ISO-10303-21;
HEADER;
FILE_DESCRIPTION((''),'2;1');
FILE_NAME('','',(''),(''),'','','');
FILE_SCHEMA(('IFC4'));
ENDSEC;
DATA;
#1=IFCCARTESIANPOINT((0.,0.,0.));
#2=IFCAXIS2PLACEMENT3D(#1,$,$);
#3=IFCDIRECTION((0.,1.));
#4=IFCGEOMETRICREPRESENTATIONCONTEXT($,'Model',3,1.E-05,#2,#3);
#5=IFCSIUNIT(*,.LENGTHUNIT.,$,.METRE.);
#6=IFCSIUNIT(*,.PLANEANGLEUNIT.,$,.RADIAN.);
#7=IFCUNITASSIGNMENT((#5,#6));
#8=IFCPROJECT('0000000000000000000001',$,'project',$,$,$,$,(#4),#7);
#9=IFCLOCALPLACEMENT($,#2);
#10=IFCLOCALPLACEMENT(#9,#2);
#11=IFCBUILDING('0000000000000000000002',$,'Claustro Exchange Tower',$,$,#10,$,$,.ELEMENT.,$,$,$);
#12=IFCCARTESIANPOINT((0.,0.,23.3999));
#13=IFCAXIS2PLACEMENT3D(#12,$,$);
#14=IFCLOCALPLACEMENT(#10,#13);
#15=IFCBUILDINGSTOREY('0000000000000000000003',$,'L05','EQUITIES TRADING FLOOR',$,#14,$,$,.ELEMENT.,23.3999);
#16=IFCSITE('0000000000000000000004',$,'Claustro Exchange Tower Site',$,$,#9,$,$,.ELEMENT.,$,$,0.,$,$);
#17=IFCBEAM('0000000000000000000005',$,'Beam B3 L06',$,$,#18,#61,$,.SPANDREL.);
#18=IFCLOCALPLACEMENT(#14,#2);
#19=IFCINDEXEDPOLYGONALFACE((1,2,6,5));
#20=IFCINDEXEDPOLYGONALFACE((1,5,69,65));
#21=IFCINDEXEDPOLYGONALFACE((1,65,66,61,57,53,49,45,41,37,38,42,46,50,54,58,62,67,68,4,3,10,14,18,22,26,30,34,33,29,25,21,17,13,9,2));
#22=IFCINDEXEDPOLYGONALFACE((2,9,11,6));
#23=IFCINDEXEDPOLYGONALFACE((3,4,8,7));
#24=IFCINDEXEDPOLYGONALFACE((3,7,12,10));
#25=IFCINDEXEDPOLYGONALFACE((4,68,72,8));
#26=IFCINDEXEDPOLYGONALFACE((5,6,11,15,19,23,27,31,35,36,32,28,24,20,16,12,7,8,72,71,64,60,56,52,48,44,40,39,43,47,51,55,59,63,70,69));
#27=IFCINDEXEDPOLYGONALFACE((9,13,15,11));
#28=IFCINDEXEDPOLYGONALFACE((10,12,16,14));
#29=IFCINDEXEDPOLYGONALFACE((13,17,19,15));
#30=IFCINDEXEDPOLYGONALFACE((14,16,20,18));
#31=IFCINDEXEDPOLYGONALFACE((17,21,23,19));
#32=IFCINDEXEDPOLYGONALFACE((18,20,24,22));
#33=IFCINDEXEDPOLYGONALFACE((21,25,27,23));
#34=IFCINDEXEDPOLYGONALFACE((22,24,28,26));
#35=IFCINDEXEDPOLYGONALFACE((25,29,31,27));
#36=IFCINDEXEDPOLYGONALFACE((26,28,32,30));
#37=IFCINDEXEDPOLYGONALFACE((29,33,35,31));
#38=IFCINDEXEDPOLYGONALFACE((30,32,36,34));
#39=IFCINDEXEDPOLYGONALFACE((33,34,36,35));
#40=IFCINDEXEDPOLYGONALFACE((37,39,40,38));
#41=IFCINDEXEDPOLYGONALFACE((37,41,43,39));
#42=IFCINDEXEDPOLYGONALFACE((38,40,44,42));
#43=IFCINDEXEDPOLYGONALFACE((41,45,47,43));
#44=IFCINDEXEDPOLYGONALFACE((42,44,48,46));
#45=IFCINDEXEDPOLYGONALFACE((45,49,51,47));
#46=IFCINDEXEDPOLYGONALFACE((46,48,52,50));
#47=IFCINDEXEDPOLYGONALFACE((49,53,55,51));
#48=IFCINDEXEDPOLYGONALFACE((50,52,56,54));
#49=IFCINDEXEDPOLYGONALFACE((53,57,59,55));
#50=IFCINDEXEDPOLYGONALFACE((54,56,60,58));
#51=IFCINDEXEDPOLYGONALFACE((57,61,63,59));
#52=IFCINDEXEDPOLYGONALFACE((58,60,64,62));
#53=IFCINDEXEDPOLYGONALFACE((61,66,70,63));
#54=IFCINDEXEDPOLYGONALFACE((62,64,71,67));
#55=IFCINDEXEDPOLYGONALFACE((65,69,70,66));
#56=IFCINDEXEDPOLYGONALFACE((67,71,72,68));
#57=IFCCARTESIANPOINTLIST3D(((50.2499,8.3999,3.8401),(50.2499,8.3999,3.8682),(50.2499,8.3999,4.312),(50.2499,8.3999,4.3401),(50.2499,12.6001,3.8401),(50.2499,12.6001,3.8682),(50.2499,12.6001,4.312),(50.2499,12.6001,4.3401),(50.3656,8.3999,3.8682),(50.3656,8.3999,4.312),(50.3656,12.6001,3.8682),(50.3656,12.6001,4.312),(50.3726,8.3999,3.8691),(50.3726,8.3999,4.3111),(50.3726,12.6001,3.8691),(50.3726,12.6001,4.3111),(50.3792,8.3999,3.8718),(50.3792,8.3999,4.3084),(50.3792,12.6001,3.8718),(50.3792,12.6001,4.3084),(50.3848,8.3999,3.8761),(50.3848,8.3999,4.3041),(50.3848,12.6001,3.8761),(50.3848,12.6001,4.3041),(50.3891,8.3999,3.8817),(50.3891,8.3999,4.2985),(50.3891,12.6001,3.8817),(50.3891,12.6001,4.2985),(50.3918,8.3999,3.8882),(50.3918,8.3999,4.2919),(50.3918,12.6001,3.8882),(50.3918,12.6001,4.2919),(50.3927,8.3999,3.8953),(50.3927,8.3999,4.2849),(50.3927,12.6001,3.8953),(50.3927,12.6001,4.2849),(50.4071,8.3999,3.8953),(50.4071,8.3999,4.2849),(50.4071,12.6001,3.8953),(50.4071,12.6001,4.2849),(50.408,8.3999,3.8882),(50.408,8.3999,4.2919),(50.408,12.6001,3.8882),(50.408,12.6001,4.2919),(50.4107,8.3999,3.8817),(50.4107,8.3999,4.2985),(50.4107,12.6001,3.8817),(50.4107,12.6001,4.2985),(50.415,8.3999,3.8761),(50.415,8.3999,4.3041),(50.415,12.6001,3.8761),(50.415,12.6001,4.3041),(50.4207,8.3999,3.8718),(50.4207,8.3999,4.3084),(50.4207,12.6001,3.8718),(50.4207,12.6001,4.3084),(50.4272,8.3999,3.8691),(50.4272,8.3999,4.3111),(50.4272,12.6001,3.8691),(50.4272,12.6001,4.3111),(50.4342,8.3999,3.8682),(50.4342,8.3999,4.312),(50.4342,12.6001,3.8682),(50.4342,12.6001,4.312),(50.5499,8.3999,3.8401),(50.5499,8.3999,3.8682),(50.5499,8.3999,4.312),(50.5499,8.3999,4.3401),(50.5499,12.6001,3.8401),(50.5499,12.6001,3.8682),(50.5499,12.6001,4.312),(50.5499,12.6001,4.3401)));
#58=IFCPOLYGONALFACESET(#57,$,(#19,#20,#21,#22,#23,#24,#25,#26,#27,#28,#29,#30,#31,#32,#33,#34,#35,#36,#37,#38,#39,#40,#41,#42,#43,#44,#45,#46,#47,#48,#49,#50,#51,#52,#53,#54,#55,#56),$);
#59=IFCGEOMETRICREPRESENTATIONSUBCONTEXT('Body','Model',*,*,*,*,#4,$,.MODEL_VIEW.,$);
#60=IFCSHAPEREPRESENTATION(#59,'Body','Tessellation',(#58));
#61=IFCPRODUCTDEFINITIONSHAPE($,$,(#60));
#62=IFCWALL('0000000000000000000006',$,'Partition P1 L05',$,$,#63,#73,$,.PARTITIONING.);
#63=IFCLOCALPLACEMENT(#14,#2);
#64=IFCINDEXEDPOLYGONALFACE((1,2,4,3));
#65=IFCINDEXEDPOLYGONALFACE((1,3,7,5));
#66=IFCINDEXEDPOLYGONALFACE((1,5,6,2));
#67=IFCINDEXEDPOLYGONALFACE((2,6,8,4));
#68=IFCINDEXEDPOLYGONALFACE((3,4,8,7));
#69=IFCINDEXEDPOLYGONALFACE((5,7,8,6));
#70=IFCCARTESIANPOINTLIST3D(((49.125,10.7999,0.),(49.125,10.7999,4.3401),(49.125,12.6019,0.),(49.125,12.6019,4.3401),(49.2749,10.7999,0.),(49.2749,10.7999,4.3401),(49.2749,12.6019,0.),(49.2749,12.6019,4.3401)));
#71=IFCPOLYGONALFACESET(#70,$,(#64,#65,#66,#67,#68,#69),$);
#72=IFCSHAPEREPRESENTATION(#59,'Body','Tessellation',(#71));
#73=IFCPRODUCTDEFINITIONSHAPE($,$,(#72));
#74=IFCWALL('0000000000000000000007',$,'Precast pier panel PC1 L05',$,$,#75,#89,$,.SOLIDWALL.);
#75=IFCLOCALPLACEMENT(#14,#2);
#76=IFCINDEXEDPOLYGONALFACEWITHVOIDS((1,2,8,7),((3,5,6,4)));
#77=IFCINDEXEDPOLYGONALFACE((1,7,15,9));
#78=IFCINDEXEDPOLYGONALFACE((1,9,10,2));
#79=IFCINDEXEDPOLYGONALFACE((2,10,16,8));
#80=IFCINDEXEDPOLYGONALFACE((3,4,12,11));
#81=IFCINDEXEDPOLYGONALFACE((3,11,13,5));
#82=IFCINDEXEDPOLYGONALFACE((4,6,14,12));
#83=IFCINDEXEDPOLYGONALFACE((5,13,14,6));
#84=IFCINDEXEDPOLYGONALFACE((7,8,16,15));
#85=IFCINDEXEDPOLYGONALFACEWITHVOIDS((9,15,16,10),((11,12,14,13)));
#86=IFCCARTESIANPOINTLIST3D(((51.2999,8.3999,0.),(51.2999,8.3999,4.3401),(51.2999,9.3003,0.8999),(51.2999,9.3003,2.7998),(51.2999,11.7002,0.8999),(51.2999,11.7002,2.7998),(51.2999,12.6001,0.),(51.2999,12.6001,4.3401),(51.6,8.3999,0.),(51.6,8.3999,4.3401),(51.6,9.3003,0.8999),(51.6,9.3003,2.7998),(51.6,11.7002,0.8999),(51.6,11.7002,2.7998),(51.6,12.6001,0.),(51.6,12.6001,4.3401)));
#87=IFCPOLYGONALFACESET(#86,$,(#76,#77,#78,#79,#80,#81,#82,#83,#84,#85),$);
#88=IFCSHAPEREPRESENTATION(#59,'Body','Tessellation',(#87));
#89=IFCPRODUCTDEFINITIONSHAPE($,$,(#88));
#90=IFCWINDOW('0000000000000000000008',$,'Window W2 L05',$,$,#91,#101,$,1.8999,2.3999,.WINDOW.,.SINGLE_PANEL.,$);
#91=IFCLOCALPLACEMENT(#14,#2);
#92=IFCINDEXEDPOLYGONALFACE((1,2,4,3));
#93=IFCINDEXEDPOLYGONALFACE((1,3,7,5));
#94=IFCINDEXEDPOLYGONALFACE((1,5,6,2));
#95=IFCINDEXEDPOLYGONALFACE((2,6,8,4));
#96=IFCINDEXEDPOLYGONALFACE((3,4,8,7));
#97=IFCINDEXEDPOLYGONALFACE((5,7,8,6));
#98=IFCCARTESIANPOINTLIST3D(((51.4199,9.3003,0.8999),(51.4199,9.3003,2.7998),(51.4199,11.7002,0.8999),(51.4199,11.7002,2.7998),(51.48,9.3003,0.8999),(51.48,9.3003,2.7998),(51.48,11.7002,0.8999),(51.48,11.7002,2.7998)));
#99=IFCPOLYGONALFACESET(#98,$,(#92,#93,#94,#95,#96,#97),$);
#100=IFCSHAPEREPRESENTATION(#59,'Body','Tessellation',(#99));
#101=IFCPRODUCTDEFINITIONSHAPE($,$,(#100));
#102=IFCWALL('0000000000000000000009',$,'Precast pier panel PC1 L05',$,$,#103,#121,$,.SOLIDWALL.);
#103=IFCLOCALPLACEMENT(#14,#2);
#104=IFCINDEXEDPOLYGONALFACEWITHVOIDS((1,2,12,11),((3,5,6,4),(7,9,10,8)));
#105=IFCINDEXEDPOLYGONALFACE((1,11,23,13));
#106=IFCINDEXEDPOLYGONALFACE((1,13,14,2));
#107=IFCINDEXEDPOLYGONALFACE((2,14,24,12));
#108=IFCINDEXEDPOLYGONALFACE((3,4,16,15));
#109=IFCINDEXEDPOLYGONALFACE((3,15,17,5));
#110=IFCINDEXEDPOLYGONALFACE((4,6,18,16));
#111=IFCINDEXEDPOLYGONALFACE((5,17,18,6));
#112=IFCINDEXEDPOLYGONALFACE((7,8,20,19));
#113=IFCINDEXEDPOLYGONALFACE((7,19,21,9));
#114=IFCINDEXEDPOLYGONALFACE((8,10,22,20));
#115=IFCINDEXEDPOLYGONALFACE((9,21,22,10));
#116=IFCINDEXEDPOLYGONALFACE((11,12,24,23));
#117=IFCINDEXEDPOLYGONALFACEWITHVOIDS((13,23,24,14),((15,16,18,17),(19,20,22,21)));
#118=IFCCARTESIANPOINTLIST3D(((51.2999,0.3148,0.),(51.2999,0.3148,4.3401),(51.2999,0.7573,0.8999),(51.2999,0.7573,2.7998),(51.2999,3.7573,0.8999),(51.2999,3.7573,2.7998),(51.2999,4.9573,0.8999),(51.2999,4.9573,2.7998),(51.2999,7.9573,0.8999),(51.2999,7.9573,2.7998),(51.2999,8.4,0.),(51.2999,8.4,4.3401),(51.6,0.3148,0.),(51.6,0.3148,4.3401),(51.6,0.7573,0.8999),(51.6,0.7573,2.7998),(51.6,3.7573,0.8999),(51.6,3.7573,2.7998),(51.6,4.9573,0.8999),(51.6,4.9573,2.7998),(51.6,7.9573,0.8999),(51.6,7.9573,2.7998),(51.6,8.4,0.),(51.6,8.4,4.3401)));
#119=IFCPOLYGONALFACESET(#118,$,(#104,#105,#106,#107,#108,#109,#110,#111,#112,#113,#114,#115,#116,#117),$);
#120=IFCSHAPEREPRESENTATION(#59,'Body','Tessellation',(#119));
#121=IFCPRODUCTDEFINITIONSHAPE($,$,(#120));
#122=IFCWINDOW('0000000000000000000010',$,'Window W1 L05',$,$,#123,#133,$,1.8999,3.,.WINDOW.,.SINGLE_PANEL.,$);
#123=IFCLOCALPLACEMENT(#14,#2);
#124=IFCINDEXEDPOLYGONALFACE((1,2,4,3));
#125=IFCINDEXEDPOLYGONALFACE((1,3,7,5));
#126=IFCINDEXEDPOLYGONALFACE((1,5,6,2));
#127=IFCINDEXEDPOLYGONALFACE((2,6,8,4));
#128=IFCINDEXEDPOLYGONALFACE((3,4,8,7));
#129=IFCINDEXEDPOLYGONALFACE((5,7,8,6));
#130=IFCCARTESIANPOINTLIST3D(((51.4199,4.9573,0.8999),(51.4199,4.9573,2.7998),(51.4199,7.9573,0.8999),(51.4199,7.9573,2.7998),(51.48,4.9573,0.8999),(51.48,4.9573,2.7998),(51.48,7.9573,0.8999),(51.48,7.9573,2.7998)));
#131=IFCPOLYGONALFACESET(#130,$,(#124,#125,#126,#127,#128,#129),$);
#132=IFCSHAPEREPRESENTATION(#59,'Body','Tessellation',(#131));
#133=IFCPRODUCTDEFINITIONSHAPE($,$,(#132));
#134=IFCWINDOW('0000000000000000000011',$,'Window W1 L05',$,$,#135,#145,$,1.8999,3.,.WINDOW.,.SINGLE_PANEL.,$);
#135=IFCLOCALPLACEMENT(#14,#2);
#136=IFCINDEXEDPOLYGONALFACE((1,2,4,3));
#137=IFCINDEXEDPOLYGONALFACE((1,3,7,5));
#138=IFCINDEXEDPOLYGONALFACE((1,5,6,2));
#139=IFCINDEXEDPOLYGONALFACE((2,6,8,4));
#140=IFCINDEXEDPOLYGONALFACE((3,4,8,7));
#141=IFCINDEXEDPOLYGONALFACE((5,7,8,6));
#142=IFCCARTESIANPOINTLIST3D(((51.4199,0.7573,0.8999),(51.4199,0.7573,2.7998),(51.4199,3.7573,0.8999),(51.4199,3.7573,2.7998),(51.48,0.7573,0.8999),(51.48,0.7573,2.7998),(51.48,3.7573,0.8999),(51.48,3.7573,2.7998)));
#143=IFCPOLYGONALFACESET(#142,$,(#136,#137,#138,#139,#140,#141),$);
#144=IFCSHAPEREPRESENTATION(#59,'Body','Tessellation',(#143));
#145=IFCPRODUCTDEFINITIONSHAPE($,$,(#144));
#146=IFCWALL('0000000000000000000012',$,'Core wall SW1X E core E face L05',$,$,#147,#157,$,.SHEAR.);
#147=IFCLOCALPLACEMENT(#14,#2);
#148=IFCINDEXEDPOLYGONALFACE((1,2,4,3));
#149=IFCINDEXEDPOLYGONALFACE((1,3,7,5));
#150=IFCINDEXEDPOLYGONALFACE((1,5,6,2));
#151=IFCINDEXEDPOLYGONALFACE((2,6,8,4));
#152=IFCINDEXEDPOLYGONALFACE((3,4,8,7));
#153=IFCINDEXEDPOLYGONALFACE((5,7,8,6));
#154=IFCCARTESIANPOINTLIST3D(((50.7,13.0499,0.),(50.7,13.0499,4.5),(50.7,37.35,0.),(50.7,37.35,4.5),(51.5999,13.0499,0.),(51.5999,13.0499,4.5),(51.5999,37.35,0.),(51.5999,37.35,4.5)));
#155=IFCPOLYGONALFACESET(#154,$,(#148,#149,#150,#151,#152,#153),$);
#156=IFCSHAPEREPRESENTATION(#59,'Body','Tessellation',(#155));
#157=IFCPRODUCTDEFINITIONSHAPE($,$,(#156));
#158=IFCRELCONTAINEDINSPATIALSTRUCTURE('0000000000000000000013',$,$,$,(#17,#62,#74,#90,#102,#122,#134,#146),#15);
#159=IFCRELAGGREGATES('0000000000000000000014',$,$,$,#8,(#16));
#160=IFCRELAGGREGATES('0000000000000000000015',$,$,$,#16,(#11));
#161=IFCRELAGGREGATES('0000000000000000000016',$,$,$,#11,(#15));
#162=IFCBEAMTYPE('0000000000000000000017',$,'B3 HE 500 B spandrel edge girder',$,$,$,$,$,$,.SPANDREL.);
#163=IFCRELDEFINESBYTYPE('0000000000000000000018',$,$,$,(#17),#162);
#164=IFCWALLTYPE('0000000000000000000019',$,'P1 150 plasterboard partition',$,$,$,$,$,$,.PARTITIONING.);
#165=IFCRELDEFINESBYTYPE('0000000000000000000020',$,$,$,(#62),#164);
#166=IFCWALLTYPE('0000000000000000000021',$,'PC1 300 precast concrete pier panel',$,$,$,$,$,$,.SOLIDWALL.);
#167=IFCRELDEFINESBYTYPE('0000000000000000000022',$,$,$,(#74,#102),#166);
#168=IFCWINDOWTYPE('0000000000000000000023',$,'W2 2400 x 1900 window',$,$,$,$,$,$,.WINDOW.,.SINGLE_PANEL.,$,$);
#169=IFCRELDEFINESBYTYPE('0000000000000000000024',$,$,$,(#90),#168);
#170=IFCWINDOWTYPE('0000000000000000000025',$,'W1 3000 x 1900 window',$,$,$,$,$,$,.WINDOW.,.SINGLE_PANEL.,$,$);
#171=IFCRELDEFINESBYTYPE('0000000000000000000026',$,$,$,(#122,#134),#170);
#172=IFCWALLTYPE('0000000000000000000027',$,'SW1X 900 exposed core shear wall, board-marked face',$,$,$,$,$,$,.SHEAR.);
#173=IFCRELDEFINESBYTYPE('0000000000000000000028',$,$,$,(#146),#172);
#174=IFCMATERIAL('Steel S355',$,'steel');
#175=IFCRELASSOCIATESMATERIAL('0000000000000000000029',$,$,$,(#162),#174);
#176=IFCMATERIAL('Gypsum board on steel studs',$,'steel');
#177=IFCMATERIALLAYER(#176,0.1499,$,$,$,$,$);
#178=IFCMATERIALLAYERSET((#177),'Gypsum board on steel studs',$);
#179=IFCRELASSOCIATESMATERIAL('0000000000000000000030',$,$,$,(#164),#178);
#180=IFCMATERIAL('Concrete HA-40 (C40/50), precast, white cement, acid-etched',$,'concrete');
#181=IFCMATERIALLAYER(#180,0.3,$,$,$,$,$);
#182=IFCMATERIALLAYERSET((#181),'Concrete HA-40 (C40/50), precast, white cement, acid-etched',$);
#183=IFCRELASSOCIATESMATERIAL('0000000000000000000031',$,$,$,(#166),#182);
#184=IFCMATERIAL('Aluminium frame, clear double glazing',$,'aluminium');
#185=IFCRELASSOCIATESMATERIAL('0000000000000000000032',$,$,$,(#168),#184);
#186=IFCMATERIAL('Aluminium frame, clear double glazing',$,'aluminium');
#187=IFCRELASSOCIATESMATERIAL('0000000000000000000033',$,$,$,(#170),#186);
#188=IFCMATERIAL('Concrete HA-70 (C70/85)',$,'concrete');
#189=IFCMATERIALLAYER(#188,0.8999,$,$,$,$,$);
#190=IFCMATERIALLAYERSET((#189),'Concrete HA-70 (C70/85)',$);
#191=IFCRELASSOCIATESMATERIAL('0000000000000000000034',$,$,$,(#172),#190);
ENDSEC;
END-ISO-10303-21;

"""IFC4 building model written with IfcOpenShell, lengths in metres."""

from ifc_helpers import new_model, si_unit, direction, frame, frame_2d, origin, origin_2d, place, context, subcontext, project, spatial, rectangle, i_section, extrude, material, layer, layer_set, material_profile, profile_set, type_object, element, fill, save


model = new_model("IFC4")

# Units and contexts
model_context = context("Model", 3, precision=1e-05, world=origin(), true_north=direction((0.0, 1.0)))
body_context = subcontext(model_context, "Body", "Model", "MODEL_VIEW")
ifc_project = project(units=[si_unit("LENGTHUNIT", "METRE"), si_unit("PLANEANGLEUNIT", "RADIAN")], contexts=[model_context])

# Site, building, storey
site_placement = place(None, origin())
site = spatial("IfcSite", under=ifc_project, at=site_placement, Name="Claustro Exchange Tower Site", CompositionType="ELEMENT", RefElevation=0.0)
building_placement = place(site_placement, origin())
building = spatial("IfcBuilding", under=site, at=building_placement, Name="Claustro Exchange Tower", CompositionType="ELEMENT")
storey_placement = place(building_placement, frame((0.0, 0.0, 23.3999)))
storey = spatial("IfcBuildingStorey", under=building, at=storey_placement, Name="L05", Description="EQUITIES TRADING FLOOR", CompositionType="ELEMENT", Elevation=23.3999)

# Beam
ifc_material_1 = material(Name="Steel S355", Category="steel")
ifc_material_profile = material_profile(ifc_material_1, i_section(OverallWidth=0.3, OverallDepth=0.5, WebThickness=0.0144, FlangeThickness=0.0281, FilletRadius=0.0271, at=origin_2d()), Name="HE 500 B")
ifc_profile_set = profile_set([ifc_material_profile], Name="Steel S355")
beam_type = type_object("IfcBeamType", Name="B3 HE 500 B spandrel edge girder", PredefinedType="SPANDREL", material=ifc_profile_set)
beam_placement = place(storey_placement, frame((50.3999, 8.3999, 4.0901), z_axis=(0.0, 1.0, 0.0), x_axis=(-1.0, 0.0, 0.0)))
element("IfcBeam", 1, at=beam_placement, inside=storey, type_object=beam_type, Name="Beam B3 L06", PredefinedType="SPANDREL", context=body_context, shape_type="SweptSolid", body=[
    extrude(i_section(OverallWidth=0.3, OverallDepth=0.5, WebThickness=0.0144, FlangeThickness=0.0281, FilletRadius=0.0271, at=origin_2d()), origin(), (0.0, 0.0, 1.0), 4.2002),
])

# Wall
ifc_material_2 = material(Name="Gypsum board on steel studs", Category="steel")
ifc_layer_1 = layer(ifc_material_2, 0.1499)
ifc_layer_set_1 = layer_set([ifc_layer_1], Name="Gypsum board on steel studs")
wall_type_1 = type_object("IfcWallType", Name="P1 150 plasterboard partition", PredefinedType="PARTITIONING", material=ifc_layer_set_1)
wall_1_placement = place(storey_placement, frame((49.2, 10.8, 0.0), z_axis=(0.0, 0.0, 1.0), x_axis=(0.0, 1.0, 0.0)))
element("IfcWall", 2, at=wall_1_placement, inside=storey, type_object=wall_type_1, Name="Partition P1 L05", PredefinedType="PARTITIONING", context=body_context, shape_type="SweptSolid", body=[
    extrude(rectangle(XDim=1.802, YDim=0.1499, at=frame_2d((0.9009, 0.0))), origin(), (0.0, 0.0, 1.0), 4.3401),
])

# Wall, opening, window
ifc_material_3 = material(Name="Concrete HA-40 (C40/50), precast, white cement, acid-etched", Category="concrete")
ifc_layer_2 = layer(ifc_material_3, 0.3)
ifc_layer_set_2 = layer_set([ifc_layer_2], Name="Concrete HA-40 (C40/50), precast, white cement, acid-etched")
wall_type_2 = type_object("IfcWallType", Name="PC1 300 precast concrete pier panel", PredefinedType="SOLIDWALL", material=ifc_layer_set_2)
wall_2_placement = place(storey_placement, frame((51.45, 12.6001, 0.0), z_axis=(0.0, 0.0, 1.0), x_axis=(0.0, -1.0, 0.0)))
wall_2 = element("IfcWall", 3, at=wall_2_placement, inside=storey, type_object=wall_type_2, Name="Precast pier panel PC1 L05", PredefinedType="SOLIDWALL", context=body_context, shape_type="SweptSolid", body=[
    extrude(rectangle(XDim=4.2002, YDim=0.3, at=frame_2d((2.1001, 0.0))), origin(), (0.0, 0.0, 1.0), 4.3401),
])
opening_1_placement = place(wall_2_placement, frame((0.8999, 0.0, 0.8999)))
opening_1 = element("IfcOpeningElement", 4, at=opening_1_placement, cuts=wall_2, PredefinedType="OPENING", context=body_context, shape_type="SweptSolid", body=[
    extrude(rectangle(XDim=2.3999, YDim=1.8999, at=frame_2d((1.2, 0.95))), frame((0.0, 0.1599, 0.0), z_axis=(0.0, -1.0, 0.0), x_axis=(1.0, 0.0, 0.0)), (0.0, 0.0, 1.0), 0.3201),
])
ifc_material_4 = material(Name="Aluminium frame, clear double glazing", Category="aluminium")
window_type_1 = type_object("IfcWindowType", Name="W2 2400 x 1900 window", PartitioningType="SINGLE_PANEL", PredefinedType="WINDOW", material=ifc_material_4)
window_1_placement = place(opening_1_placement, origin())
window_1 = element("IfcWindow", 5, at=window_1_placement, inside=storey, type_object=window_type_1, Name="Window W2 L05", OverallHeight=1.8999, OverallWidth=2.3999, PartitioningType="SINGLE_PANEL", PredefinedType="WINDOW", context=body_context, shape_type="SweptSolid", body=[
    extrude(rectangle(XDim=2.3999, YDim=1.8999, at=frame_2d((1.2, 0.95))), frame((0.0, 0.03, 0.0), z_axis=(0.0, -1.0, 0.0), x_axis=(1.0, 0.0, 0.0)), (0.0, 0.0, 1.0), 0.0601),
])
fill(opening_1, window_1)

# Wall, openings, windows
wall_3_placement = place(storey_placement, frame((51.45, 8.3999, 0.0), z_axis=(0.0, 0.0, 1.0), x_axis=(0.0, -1.0, 0.0)))
wall_3 = element("IfcWall", 6, at=wall_3_placement, inside=storey, type_object=wall_type_2, Name="Precast pier panel PC1 L05", PredefinedType="SOLIDWALL", context=body_context, shape_type="SweptSolid", body=[
    extrude(rectangle(XDim=8.0852, YDim=0.3, at=frame_2d((4.0425, 0.0))), origin(), (0.0, 0.0, 1.0), 4.3401),
])
opening_2_placement = place(wall_3_placement, frame((0.4426, 0.0, 0.8999)))
opening_2 = element("IfcOpeningElement", 7, at=opening_2_placement, cuts=wall_3, PredefinedType="OPENING", context=body_context, shape_type="SweptSolid", body=[
    extrude(rectangle(XDim=3.0, YDim=1.8999, at=frame_2d((1.5, 0.95))), frame((0.0, 0.1599, 0.0), z_axis=(0.0, -1.0, 0.0), x_axis=(1.0, 0.0, 0.0)), (0.0, 0.0, 1.0), 0.3201),
])
opening_3_placement = place(wall_3_placement, frame((4.6426, 0.0, 0.8999)))
opening_3 = element("IfcOpeningElement", 8, at=opening_3_placement, cuts=wall_3, PredefinedType="OPENING", context=body_context, shape_type="SweptSolid", body=[
    extrude(rectangle(XDim=3.0, YDim=1.8999, at=frame_2d((1.5, 0.95))), frame((0.0, 0.1599, 0.0), z_axis=(0.0, -1.0, 0.0), x_axis=(1.0, 0.0, 0.0)), (0.0, 0.0, 1.0), 0.3201),
])
ifc_material_5 = material(Name="Aluminium frame, clear double glazing", Category="aluminium")
window_type_2 = type_object("IfcWindowType", Name="W1 3000 x 1900 window", PartitioningType="SINGLE_PANEL", PredefinedType="WINDOW", material=ifc_material_5)
window_2_placement = place(opening_2_placement, origin())
window_2 = element("IfcWindow", 9, at=window_2_placement, inside=storey, type_object=window_type_2, Name="Window W1 L05", OverallHeight=1.8999, OverallWidth=3.0, PartitioningType="SINGLE_PANEL", PredefinedType="WINDOW", context=body_context, shape_type="SweptSolid", body=[
    extrude(rectangle(XDim=3.0, YDim=1.8999, at=frame_2d((1.5, 0.95))), frame((0.0, 0.03, 0.0), z_axis=(0.0, -1.0, 0.0), x_axis=(1.0, 0.0, 0.0)), (0.0, 0.0, 1.0), 0.0601),
])
fill(opening_2, window_2)
window_3_placement = place(opening_3_placement, origin())
window_3 = element("IfcWindow", 10, at=window_3_placement, inside=storey, type_object=window_type_2, Name="Window W1 L05", OverallHeight=1.8999, OverallWidth=3.0, PartitioningType="SINGLE_PANEL", PredefinedType="WINDOW", context=body_context, shape_type="SweptSolid", body=[
    extrude(rectangle(XDim=3.0, YDim=1.8999, at=frame_2d((1.5, 0.95))), frame((0.0, 0.03, 0.0), z_axis=(0.0, -1.0, 0.0), x_axis=(1.0, 0.0, 0.0)), (0.0, 0.0, 1.0), 0.0601),
])
fill(opening_3, window_3)

# Wall
ifc_material_6 = material(Name="Concrete HA-70 (C70/85)", Category="concrete")
ifc_layer_3 = layer(ifc_material_6, 0.8999)
ifc_layer_set_3 = layer_set([ifc_layer_3], Name="Concrete HA-70 (C70/85)")
wall_type_3 = type_object("IfcWallType", Name="SW1X 900 exposed core shear wall, board-marked face", PredefinedType="SHEAR", material=ifc_layer_set_3)
wall_4_placement = place(storey_placement, frame((51.1499, 13.05, 0.0), z_axis=(0.0, 0.0, 1.0), x_axis=(0.0, 1.0, 0.0)))
element("IfcWall", 11, at=wall_4_placement, inside=storey, type_object=wall_type_3, Name="Core wall SW1X E core E face L05", PredefinedType="SHEAR", context=body_context, shape_type="SweptSolid", body=[
    extrude(rectangle(XDim=24.3, YDim=0.8999, at=frame_2d((12.1499, 0.0))), origin(), (0.0, 0.0, 1.0), 4.5),
])

save(model, "model.ifc")
